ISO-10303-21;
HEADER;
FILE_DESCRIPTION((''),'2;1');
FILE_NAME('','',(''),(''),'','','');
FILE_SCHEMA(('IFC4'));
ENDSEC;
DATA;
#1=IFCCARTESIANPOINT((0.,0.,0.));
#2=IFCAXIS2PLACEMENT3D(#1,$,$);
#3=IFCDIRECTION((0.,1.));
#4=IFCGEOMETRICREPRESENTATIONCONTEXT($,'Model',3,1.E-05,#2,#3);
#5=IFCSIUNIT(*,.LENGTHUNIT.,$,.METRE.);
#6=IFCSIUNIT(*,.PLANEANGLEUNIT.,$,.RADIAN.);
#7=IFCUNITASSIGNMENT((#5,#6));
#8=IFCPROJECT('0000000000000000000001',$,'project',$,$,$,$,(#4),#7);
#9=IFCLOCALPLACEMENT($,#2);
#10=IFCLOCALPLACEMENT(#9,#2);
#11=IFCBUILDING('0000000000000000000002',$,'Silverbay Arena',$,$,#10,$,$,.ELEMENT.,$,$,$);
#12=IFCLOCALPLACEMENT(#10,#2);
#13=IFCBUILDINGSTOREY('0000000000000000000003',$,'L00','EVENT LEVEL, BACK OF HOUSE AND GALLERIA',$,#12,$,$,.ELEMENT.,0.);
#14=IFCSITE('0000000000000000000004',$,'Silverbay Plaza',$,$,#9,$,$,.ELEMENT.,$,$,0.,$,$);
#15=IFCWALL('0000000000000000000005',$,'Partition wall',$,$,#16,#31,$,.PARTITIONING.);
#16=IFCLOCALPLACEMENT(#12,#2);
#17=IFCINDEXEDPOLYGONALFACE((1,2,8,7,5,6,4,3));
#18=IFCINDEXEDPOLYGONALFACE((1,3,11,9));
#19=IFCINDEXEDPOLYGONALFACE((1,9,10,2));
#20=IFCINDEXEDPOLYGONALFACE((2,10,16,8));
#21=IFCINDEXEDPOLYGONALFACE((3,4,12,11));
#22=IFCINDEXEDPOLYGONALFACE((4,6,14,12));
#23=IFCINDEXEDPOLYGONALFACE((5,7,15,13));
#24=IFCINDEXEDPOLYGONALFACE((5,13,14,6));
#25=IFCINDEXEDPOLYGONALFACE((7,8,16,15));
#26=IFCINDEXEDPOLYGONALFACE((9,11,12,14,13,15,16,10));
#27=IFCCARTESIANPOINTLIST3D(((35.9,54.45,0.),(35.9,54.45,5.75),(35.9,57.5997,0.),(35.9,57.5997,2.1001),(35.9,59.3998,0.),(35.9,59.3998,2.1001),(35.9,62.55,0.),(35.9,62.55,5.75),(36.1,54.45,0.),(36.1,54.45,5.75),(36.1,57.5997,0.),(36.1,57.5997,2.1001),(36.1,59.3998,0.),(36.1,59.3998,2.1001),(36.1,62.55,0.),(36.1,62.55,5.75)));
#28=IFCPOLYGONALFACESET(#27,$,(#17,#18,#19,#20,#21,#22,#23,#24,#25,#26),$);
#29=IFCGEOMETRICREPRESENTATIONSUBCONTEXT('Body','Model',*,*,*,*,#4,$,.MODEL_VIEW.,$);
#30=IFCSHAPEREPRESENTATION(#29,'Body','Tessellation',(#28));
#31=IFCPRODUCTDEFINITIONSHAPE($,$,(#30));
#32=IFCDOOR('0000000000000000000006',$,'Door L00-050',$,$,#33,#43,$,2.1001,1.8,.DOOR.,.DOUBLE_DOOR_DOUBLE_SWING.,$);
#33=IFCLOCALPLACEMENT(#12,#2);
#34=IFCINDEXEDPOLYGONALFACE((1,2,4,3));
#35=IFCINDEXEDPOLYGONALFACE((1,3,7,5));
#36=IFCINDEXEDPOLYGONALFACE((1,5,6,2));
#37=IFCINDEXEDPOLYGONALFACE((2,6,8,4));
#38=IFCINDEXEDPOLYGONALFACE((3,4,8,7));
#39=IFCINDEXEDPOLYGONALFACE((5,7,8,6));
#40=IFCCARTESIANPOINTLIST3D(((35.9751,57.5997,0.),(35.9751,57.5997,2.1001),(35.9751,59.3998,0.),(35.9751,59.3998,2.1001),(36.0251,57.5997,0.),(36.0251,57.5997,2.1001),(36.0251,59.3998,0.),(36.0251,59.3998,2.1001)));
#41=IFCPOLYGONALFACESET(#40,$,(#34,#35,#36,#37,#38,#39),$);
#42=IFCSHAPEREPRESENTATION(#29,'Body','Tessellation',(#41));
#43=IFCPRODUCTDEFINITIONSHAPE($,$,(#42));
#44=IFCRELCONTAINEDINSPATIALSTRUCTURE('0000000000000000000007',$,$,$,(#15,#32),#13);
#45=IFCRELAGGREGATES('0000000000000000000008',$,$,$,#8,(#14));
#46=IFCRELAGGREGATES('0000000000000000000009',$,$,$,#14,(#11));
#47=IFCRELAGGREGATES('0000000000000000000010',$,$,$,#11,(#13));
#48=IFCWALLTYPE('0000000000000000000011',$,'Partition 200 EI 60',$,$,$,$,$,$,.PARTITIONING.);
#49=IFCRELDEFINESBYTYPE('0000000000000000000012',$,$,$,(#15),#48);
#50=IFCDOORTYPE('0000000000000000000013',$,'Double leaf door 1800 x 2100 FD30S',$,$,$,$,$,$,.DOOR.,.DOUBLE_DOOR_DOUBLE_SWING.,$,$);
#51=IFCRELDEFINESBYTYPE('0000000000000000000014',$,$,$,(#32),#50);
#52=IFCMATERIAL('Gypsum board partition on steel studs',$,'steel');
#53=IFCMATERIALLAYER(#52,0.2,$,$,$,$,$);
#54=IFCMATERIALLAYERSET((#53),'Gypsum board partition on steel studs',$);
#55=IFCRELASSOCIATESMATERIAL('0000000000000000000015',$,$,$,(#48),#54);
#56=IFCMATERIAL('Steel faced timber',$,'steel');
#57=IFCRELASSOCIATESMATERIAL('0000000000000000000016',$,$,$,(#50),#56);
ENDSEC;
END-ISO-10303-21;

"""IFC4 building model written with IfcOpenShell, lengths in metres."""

from ifc_helpers import new_model, si_unit, direction, frame, frame_2d, origin, place, context, subcontext, project, spatial, rectangle, extrude, material, layer, layer_set, type_object, element, fill, save


model = new_model("IFC4")

# Units and contexts
model_context = context("Model", 3, precision=1e-05, world=origin(), true_north=direction((0.0, 1.0)))
body_context = subcontext(model_context, "Body", "Model", "MODEL_VIEW")
ifc_project = project(units=[si_unit("LENGTHUNIT", "METRE"), si_unit("PLANEANGLEUNIT", "RADIAN")], contexts=[model_context])

# Site, building, storey
site_placement = place(None, origin())
site = spatial("IfcSite", under=ifc_project, at=site_placement, Name="Silverbay Plaza", CompositionType="ELEMENT", RefElevation=0.0)
building_placement = place(site_placement, origin())
building = spatial("IfcBuilding", under=site, at=building_placement, Name="Silverbay Arena", CompositionType="ELEMENT")
storey_placement = place(building_placement, origin())
storey = spatial("IfcBuildingStorey", under=building, at=storey_placement, Name="L00", Description="EVENT LEVEL, BACK OF HOUSE AND GALLERIA", CompositionType="ELEMENT", Elevation=0.0)

# Shared definitions
ifc_material_1 = material(Name="Gypsum board partition on steel studs", Category="steel")
ifc_layer = layer(ifc_material_1, 0.2)
ifc_layer_set = layer_set([ifc_layer], Name="Gypsum board partition on steel studs")
wall_type = type_object("IfcWallType", Name="Partition 200 EI 60", PredefinedType="PARTITIONING", material=ifc_layer_set)

# Wall, opening, door
ifc_material_2 = material(Name="Steel faced timber", Category="steel")
door_type = type_object("IfcDoorType", Name="Double leaf door 1800 x 2100 FD30S", OperationType="DOUBLE_DOOR_DOUBLE_SWING", PredefinedType="DOOR", material=ifc_material_2)
wall_1_placement = place(storey_placement, frame((36.0, 54.45, 0.0), z_axis=(0.0, 0.0, 1.0), x_axis=(0.0, 1.0, 0.0)))
wall_1 = element("IfcWall", 1, at=wall_1_placement, inside=storey, type_object=wall_type, Name="Partition wall", PredefinedType="PARTITIONING", context=body_context, shape_type="SweptSolid", body=[
    extrude(rectangle(XDim=8.1001, YDim=0.2, at=frame_2d((4.05, 0.0))), origin(), (0.0, 0.0, 1.0), 5.75),
])
opening_1_placement = place(wall_1_placement, frame((3.1499, 0.0, 0.0)))
opening_1 = element("IfcOpeningElement", 2, at=opening_1_placement, cuts=wall_1, PredefinedType="OPENING", context=body_context, shape_type="SweptSolid", body=[
    extrude(rectangle(XDim=1.8, YDim=2.1001, at=frame_2d((0.8999, 1.05))), frame((0.0, 0.1099, 0.0), z_axis=(0.0, -1.0, 0.0), x_axis=(1.0, 0.0, 0.0)), (0.0, 0.0, 1.0), 0.22),
])
door_1_placement = place(opening_1_placement, origin())
door_1 = element("IfcDoor", 3, at=door_1_placement, inside=storey, type_object=door_type, Name="Door L00-050", OperationType="DOUBLE_DOOR_DOUBLE_SWING", OverallHeight=2.1001, OverallWidth=1.8, PredefinedType="DOOR", context=body_context, shape_type="SweptSolid", body=[
    extrude(rectangle(XDim=1.8, YDim=2.1001, at=frame_2d((0.8999, 1.05))), frame((0.0, 0.0249, 0.0), z_axis=(0.0, -1.0, 0.0), x_axis=(1.0, 0.0, 0.0)), (0.0, 0.0, 1.0), 0.05),
])
fill(opening_1, door_1)

save(model, "model.ifc")
